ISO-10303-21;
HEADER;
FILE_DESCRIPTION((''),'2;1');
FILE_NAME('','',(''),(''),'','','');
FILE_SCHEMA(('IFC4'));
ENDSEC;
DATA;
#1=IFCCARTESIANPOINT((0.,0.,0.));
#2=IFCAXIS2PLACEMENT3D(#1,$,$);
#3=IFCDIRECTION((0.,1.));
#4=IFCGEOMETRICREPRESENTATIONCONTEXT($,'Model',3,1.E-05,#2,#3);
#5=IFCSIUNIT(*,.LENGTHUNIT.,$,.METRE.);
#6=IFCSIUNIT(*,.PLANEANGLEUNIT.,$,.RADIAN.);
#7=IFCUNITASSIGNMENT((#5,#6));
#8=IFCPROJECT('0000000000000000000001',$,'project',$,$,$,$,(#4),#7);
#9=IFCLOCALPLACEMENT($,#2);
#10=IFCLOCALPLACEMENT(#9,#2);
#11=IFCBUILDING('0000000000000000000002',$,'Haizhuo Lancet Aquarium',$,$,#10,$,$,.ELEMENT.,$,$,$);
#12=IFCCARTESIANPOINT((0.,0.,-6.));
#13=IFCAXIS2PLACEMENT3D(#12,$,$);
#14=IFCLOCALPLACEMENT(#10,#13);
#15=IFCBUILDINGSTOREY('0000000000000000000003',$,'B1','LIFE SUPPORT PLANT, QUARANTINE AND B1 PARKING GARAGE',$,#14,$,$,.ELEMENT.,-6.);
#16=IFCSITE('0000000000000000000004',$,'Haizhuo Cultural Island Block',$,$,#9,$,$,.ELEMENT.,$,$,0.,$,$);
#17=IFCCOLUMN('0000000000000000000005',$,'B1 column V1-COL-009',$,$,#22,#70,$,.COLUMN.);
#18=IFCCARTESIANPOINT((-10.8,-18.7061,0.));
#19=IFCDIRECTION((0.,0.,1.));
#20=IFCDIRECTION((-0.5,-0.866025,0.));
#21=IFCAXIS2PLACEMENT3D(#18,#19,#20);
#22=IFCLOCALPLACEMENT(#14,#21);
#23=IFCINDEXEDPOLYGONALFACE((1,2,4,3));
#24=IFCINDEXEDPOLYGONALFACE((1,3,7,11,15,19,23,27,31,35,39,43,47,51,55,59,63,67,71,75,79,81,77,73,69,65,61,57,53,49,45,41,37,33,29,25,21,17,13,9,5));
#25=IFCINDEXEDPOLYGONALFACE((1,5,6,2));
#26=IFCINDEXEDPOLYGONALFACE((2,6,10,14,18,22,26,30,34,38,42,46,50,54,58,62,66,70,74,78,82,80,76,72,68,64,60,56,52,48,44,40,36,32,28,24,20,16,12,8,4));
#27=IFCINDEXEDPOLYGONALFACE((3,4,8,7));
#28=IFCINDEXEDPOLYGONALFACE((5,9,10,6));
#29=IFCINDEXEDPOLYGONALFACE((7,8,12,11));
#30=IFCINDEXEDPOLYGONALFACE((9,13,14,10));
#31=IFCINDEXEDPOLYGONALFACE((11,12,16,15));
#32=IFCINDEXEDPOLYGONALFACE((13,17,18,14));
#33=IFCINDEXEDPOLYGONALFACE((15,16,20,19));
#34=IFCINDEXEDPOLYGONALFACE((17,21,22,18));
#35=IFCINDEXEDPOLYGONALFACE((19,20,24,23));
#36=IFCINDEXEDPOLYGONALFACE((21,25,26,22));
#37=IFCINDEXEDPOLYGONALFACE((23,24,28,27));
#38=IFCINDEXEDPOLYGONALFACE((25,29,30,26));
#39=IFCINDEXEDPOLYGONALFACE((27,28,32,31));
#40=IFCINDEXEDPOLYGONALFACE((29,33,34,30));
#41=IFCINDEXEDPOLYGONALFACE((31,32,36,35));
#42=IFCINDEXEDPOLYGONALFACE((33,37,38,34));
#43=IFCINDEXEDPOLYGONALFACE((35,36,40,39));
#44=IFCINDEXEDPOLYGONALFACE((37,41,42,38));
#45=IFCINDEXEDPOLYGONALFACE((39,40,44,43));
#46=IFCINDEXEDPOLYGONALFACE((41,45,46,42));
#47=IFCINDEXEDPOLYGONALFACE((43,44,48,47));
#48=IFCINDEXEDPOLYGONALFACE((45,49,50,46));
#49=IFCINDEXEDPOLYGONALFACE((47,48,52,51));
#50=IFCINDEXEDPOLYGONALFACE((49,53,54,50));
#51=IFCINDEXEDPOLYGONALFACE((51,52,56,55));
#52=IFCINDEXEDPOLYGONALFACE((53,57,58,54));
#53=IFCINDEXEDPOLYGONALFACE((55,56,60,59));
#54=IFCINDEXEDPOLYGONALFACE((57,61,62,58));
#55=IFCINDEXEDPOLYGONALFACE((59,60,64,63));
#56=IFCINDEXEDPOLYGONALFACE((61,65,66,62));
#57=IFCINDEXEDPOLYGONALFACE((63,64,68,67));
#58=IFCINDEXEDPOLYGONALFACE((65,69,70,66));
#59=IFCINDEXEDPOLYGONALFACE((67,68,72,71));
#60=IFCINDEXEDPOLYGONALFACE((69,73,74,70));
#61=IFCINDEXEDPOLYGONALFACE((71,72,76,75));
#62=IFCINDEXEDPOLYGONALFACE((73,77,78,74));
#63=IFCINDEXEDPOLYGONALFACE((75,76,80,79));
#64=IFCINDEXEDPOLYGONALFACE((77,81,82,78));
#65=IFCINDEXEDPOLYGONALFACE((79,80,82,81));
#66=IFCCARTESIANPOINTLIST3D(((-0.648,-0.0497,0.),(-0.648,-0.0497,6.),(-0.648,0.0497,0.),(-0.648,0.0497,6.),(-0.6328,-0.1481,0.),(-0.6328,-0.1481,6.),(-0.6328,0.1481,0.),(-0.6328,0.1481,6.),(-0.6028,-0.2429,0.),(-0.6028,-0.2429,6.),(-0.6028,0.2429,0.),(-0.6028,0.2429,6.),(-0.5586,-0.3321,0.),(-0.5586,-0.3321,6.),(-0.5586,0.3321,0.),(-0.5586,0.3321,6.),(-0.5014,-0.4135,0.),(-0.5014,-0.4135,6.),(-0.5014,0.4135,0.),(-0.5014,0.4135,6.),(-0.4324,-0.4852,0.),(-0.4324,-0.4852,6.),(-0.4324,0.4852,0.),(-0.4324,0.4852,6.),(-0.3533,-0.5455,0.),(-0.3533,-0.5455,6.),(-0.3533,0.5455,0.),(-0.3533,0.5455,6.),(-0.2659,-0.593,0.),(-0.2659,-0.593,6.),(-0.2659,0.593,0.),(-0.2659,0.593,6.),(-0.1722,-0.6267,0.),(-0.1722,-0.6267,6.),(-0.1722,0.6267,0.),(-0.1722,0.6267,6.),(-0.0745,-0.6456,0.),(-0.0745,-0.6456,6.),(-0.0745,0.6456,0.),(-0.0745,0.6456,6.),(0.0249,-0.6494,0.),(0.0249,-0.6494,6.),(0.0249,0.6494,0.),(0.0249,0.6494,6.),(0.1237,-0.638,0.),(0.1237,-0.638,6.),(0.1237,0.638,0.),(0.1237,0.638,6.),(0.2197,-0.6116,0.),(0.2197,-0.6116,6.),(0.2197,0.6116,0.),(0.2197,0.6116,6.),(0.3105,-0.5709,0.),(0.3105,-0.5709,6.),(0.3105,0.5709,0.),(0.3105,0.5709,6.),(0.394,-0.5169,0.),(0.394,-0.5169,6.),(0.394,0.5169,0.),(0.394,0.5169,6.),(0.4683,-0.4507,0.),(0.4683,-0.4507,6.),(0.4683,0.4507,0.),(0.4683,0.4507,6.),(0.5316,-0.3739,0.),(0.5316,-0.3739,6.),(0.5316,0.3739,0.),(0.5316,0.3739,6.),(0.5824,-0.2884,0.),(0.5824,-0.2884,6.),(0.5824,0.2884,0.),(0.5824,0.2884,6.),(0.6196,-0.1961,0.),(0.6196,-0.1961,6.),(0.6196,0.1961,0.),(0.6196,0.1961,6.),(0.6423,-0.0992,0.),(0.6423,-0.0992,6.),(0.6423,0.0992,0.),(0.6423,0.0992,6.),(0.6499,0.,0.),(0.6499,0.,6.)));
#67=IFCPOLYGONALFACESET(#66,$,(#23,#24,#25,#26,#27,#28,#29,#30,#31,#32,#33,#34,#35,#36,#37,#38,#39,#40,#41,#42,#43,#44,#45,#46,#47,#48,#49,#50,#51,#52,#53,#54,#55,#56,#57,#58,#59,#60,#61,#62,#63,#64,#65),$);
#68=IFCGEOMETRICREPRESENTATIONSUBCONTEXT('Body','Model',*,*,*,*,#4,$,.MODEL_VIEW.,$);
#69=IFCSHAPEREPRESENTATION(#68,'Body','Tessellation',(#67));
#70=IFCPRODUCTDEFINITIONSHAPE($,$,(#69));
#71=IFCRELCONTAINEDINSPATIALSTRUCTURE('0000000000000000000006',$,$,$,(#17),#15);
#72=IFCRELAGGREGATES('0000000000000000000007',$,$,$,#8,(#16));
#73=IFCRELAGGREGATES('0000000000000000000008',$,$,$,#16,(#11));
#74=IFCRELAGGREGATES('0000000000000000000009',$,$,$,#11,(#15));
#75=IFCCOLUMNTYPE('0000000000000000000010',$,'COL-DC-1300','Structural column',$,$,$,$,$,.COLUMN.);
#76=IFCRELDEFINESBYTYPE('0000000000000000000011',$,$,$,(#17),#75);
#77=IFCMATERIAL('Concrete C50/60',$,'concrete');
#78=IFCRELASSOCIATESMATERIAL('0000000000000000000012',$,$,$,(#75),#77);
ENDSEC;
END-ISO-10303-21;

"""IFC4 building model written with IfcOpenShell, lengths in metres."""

from ifc_helpers import new_model, si_unit, direction, frame, origin, origin_2d, place, context, subcontext, project, spatial, circle, extrude, material, material_profile, profile_set, type_object, element, save


model = new_model("IFC4")

# Units and contexts
model_context = context("Model", 3, precision=1e-05, world=origin(), true_north=direction((0.0, 1.0)))
body_context = subcontext(model_context, "Body", "Model", "MODEL_VIEW")
ifc_project = project(units=[si_unit("LENGTHUNIT", "METRE"), si_unit("PLANEANGLEUNIT", "RADIAN")], contexts=[model_context])

# Site, building, storey
site_placement = place(None, origin())
site = spatial("IfcSite", under=ifc_project, at=site_placement, Name="Haizhuo Cultural Island Block", CompositionType="ELEMENT", RefElevation=0.0)
building_placement = place(site_placement, origin())
building = spatial("IfcBuilding", under=site, at=building_placement, Name="Haizhuo Lancet Aquarium", CompositionType="ELEMENT")
storey_placement = place(building_placement, frame((0.0, 0.0, -6.0)))
storey = spatial("IfcBuildingStorey", under=building, at=storey_placement, Name="B1", Description="LIFE SUPPORT PLANT, QUARANTINE AND B1 PARKING GARAGE", CompositionType="ELEMENT", Elevation=-6.0)

# Column
ifc_material_1 = material(Name="Concrete C50/60", Category="concrete")
ifc_material_profile_1 = material_profile(ifc_material_1, circle(Radius=0.6499, at=origin_2d()), Name="RC-DC 1300")
ifc_profile_set_1 = profile_set([ifc_material_profile_1], Name="Concrete C50/60")
column_type_1 = type_object("IfcColumnType", Name="COL-DC-1300", Description="Structural column", PredefinedType="COLUMN", material=ifc_profile_set_1)
column_1_placement = place(storey_placement, frame((-10.8, -18.7061, 0.0), z_axis=(0.0, 0.0, 1.0), x_axis=(-0.5, -0.866025, 0.0)))
element("IfcColumn", 1, at=column_1_placement, inside=storey, type_object=column_type_1, Name="B1 column V1-COL-009", PredefinedType="COLUMN", context=body_context, shape_type="SweptSolid", body=[
    extrude(circle(Radius=0.6499, at=origin_2d()), origin(), (0.0, 0.0, 1.0), 6.0),
])

save(model, "model.ifc")
